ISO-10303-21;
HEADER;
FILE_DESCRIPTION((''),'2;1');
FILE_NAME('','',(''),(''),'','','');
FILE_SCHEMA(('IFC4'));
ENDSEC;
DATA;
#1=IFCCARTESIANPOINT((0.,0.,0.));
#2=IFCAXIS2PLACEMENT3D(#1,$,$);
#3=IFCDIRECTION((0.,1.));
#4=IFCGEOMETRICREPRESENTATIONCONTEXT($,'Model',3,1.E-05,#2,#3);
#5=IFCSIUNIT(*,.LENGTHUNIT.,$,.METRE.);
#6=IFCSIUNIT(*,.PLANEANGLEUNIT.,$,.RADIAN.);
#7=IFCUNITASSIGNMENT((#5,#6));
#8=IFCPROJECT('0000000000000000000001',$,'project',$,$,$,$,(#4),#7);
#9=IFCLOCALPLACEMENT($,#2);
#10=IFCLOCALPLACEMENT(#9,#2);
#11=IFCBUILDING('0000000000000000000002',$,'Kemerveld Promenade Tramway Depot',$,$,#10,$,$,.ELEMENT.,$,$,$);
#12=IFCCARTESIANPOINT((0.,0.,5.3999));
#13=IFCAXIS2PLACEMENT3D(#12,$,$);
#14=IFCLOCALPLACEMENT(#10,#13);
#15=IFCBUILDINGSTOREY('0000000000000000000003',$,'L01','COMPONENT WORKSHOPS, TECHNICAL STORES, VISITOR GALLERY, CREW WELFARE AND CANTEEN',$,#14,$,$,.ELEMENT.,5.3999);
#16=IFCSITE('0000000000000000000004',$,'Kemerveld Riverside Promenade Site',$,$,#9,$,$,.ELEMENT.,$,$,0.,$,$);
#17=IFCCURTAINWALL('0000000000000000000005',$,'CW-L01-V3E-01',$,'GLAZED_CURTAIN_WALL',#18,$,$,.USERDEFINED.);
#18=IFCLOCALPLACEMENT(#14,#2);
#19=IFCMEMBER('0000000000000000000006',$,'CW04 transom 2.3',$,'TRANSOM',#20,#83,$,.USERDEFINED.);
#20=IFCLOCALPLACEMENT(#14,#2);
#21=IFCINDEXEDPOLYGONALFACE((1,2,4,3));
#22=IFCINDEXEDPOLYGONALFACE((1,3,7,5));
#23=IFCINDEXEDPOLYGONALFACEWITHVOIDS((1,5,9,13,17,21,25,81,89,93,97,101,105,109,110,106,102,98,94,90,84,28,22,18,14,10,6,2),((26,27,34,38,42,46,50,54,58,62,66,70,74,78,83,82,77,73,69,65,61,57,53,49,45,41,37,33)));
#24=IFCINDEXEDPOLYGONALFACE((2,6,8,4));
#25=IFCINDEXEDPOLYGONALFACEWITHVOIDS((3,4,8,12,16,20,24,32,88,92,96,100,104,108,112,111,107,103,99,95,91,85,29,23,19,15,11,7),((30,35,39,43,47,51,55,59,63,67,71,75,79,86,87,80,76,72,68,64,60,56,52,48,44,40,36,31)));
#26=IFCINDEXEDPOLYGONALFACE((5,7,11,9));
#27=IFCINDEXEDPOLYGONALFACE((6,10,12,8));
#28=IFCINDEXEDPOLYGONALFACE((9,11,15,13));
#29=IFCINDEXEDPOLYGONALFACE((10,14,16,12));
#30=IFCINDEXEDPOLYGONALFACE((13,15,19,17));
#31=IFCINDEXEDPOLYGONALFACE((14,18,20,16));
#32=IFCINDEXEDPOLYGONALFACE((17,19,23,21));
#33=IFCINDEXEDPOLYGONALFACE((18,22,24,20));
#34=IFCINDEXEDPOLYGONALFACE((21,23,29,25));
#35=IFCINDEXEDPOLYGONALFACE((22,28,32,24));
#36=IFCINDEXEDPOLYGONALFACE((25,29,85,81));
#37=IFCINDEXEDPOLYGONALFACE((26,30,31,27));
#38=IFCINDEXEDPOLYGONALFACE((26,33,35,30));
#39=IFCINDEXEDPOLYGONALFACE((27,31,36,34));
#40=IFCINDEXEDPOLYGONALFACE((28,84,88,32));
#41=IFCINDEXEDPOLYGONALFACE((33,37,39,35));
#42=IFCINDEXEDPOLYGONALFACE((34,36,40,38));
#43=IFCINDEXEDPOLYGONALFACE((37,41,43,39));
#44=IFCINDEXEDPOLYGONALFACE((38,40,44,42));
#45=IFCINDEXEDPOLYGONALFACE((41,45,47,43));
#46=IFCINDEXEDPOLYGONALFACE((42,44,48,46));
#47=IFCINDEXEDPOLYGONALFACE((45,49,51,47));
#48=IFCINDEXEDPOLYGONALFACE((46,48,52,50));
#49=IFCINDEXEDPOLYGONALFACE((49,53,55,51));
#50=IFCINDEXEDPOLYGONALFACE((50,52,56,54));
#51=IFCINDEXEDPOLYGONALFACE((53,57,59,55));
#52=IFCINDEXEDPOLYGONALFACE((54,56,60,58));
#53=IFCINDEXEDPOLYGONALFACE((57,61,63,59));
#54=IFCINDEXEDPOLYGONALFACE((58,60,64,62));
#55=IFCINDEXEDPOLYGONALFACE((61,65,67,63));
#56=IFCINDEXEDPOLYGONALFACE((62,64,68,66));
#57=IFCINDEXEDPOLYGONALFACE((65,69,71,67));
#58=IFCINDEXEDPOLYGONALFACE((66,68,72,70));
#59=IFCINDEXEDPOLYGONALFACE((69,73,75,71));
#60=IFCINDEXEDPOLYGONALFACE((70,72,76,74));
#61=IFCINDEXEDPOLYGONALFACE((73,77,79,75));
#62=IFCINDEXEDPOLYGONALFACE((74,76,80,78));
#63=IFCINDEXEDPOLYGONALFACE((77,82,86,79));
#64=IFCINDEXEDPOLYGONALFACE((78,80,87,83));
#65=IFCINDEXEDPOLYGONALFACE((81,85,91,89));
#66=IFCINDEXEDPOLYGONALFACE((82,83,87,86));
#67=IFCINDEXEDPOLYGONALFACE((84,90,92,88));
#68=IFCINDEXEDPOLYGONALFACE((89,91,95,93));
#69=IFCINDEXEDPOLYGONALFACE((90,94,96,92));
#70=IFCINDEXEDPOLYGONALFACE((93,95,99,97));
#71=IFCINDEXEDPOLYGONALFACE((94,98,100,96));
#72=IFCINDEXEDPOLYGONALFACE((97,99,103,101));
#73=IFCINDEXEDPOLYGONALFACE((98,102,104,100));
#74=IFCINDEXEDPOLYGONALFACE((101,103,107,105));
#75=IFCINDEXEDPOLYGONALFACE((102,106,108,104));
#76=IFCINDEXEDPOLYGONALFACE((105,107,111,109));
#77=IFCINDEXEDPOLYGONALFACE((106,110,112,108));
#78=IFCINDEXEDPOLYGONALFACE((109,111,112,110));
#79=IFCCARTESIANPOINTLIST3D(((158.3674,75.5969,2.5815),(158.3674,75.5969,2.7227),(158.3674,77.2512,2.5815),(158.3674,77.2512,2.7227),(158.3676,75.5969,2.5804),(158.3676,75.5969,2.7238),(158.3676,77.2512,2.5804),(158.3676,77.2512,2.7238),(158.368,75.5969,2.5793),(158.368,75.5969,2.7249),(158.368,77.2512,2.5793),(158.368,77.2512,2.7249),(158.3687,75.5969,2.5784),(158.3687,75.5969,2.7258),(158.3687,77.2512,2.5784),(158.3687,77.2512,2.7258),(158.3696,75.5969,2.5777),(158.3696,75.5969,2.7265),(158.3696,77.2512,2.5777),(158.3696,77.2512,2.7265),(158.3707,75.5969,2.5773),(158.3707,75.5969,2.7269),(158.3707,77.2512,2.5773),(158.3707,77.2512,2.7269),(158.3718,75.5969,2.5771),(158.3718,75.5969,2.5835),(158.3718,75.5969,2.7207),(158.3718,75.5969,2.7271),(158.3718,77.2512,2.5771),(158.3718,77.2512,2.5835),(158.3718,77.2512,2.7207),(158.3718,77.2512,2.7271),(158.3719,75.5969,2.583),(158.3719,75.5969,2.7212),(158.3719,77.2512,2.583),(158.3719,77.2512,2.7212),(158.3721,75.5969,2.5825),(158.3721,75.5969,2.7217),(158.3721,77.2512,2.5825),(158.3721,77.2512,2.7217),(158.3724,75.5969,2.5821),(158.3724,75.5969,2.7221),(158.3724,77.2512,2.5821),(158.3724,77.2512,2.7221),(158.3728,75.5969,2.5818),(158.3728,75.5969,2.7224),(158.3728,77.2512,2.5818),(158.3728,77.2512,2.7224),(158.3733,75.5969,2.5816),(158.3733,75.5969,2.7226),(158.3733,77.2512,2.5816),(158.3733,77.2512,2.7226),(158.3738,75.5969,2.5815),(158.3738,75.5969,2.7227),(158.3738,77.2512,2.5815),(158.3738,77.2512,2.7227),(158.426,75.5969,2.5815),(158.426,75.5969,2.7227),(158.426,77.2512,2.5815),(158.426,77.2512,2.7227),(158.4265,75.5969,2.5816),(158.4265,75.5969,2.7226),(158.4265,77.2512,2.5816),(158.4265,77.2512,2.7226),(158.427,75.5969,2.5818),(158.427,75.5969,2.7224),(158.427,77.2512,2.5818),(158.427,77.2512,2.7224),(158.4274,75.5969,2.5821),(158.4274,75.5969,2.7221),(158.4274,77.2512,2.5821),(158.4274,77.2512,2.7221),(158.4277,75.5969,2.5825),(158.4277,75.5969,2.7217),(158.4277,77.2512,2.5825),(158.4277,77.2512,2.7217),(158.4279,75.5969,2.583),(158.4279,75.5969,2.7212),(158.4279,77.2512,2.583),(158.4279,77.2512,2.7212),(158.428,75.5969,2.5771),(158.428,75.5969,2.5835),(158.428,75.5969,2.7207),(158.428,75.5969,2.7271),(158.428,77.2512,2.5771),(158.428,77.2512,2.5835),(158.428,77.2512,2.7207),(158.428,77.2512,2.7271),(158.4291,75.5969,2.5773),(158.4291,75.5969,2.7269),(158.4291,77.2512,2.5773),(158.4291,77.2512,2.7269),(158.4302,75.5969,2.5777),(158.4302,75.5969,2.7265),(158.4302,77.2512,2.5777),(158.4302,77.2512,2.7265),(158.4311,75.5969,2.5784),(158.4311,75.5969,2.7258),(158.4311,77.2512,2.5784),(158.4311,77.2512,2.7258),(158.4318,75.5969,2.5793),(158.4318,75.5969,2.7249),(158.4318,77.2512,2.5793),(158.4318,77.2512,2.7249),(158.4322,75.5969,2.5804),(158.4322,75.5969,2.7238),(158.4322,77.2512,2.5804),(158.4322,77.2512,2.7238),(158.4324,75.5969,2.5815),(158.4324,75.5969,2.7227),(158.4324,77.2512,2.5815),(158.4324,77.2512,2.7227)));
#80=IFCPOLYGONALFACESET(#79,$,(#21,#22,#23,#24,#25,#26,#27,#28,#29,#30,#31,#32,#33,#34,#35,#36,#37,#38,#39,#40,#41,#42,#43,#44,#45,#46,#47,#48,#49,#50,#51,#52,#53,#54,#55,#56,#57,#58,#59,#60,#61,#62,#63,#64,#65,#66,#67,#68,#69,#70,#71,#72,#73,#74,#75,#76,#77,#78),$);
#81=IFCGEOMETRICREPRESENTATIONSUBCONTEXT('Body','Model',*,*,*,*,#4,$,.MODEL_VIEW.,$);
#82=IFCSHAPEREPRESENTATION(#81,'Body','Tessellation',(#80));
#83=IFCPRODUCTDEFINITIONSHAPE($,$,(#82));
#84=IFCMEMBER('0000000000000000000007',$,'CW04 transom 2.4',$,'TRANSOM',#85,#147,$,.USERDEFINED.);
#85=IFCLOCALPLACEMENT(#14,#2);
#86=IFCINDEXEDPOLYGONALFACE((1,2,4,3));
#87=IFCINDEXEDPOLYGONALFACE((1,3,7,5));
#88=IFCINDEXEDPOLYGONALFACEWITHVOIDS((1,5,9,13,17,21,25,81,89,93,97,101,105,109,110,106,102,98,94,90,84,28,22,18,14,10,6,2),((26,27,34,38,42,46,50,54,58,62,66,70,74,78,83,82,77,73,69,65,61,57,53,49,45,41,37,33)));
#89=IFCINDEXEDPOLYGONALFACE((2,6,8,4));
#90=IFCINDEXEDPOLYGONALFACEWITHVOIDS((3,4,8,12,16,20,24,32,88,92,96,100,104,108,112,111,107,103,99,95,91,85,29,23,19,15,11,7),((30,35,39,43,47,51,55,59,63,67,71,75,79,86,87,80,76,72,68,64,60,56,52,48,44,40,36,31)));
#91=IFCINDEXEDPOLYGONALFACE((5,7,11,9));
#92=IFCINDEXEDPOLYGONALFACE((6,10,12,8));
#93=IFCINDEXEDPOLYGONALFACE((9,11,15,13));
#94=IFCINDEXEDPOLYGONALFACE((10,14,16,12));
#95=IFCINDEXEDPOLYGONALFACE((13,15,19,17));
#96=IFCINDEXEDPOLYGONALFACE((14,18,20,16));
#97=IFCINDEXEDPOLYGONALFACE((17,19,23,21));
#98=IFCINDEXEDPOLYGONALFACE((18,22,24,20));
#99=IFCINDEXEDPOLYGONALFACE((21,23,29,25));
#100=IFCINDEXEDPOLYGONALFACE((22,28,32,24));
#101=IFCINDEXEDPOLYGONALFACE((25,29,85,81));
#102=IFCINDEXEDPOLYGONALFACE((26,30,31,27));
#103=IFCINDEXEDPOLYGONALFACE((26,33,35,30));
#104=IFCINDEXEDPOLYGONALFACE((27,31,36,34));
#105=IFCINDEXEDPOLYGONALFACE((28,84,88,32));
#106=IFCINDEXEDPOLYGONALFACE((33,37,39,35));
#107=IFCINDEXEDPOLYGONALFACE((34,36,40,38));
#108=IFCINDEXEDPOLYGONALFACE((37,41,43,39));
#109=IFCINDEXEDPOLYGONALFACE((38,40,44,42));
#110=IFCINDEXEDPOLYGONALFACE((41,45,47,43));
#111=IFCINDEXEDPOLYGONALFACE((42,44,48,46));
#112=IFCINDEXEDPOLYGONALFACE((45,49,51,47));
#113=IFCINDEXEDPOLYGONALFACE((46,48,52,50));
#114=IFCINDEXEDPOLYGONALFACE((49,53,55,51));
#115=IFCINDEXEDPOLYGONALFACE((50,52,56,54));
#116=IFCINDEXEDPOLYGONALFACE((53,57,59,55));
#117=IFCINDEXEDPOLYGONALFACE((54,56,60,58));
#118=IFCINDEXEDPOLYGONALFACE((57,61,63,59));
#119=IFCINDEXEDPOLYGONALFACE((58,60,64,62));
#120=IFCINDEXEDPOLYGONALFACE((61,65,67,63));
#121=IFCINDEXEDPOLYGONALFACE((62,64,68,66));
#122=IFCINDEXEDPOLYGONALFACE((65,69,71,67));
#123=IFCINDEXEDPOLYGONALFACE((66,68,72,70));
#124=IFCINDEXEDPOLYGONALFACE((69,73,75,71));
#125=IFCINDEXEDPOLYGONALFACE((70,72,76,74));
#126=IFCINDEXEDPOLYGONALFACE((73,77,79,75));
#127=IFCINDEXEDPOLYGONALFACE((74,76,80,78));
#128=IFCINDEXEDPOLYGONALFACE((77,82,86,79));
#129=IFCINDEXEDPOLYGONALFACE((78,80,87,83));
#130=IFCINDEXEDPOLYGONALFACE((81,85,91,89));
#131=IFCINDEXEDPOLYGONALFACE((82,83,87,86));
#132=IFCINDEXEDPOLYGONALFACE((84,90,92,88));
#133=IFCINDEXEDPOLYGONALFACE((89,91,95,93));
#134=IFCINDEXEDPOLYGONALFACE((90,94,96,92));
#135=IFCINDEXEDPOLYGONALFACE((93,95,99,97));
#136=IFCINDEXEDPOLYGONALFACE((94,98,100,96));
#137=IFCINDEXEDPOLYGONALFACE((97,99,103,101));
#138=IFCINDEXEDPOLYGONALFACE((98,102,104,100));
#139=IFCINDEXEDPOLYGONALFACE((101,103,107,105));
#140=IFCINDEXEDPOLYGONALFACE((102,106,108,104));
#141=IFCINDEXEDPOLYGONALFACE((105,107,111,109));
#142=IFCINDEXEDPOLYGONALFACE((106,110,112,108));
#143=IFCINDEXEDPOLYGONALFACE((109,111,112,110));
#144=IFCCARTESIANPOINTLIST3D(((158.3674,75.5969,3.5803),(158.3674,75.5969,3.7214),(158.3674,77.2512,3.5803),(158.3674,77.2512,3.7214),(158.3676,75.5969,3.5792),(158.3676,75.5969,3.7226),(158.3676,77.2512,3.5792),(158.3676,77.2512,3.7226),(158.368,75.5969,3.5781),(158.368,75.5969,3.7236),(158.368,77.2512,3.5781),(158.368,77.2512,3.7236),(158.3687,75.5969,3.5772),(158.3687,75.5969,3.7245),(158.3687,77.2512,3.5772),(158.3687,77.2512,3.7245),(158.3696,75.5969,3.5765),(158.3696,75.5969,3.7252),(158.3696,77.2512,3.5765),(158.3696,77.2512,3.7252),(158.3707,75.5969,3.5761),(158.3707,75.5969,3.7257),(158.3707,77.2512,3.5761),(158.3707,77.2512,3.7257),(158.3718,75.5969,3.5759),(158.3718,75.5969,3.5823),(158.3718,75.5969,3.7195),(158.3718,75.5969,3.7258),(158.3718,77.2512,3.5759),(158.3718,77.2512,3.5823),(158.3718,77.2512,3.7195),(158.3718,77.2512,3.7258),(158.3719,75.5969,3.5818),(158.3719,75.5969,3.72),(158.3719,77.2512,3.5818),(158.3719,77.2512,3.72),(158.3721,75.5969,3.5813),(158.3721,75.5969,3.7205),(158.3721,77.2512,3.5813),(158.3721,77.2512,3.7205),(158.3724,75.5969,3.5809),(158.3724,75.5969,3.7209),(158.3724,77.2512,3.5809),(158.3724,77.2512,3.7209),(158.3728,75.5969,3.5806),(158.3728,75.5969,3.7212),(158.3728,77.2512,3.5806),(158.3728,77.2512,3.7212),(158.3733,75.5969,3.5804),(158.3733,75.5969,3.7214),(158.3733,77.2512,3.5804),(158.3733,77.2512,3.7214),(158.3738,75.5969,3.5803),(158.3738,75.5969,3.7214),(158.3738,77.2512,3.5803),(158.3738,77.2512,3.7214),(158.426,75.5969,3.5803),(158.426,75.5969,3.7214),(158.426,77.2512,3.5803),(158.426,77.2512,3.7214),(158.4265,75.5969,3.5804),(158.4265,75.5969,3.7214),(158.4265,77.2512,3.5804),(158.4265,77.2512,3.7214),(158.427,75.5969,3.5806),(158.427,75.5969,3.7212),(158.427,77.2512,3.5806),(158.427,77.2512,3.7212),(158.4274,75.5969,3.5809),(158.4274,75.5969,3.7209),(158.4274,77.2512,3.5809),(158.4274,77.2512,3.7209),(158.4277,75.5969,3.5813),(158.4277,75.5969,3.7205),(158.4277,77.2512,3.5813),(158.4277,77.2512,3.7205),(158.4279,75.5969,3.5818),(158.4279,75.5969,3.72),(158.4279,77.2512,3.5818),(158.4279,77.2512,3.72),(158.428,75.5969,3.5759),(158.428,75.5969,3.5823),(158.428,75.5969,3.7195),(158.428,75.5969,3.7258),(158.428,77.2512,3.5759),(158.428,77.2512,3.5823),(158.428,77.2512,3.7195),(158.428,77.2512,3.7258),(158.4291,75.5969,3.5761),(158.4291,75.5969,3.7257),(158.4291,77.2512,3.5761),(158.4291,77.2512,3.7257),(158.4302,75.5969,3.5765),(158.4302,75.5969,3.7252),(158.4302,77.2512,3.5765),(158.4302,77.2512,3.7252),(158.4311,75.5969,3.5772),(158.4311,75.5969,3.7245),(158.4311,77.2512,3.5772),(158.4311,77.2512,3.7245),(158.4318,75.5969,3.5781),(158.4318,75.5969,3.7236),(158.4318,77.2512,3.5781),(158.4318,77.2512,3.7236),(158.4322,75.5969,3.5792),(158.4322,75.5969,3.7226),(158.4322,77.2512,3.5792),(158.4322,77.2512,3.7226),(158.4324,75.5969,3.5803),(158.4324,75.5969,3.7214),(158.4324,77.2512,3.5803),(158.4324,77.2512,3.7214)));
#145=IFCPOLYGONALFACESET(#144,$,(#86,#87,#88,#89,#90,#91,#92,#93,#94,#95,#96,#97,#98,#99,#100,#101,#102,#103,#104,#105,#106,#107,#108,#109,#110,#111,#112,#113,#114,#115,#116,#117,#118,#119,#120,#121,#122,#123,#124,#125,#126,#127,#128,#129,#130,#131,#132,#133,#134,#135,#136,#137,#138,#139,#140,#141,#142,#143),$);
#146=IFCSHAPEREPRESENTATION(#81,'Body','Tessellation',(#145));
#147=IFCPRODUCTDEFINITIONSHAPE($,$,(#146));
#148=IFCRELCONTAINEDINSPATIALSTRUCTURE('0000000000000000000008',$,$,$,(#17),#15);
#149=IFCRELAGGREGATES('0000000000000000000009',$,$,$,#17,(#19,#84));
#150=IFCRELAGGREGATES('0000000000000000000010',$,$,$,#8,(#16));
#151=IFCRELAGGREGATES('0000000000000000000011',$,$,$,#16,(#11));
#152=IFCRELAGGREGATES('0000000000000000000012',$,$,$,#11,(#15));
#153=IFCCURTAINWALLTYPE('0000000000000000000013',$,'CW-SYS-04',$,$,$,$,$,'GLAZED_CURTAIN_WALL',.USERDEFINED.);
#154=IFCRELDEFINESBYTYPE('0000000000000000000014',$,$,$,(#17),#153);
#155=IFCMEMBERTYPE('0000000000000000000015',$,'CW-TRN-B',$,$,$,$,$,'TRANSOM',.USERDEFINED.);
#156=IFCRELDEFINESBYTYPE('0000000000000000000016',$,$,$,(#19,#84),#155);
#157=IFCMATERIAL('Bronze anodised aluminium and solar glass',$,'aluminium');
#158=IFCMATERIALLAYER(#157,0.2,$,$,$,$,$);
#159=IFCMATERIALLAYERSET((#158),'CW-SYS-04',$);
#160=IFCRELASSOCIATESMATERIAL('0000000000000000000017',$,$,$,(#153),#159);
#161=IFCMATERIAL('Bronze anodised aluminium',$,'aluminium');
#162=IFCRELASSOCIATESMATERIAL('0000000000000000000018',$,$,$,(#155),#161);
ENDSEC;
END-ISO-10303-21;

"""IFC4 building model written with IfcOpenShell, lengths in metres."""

from ifc_helpers import new_model, si_unit, direction, frame, origin, origin_2d, place, context, subcontext, project, spatial, hollow_rectangle, extrude, material, layer, layer_set, material_profile, profile_set, type_object, element, aggregate, save


model = new_model("IFC4")

# Units and contexts
model_context = context("Model", 3, precision=1e-05, world=origin(), true_north=direction((0.0, 1.0)))
body_context = subcontext(model_context, "Body", "Model", "MODEL_VIEW")
ifc_project = project(units=[si_unit("LENGTHUNIT", "METRE"), si_unit("PLANEANGLEUNIT", "RADIAN")], contexts=[model_context])

# Site, building, storey
site_placement = place(None, origin())
site = spatial("IfcSite", under=ifc_project, at=site_placement, Name="Kemerveld Riverside Promenade Site", CompositionType="ELEMENT", RefElevation=0.0)
building_placement = place(site_placement, origin())
building = spatial("IfcBuilding", under=site, at=building_placement, Name="Kemerveld Promenade Tramway Depot", CompositionType="ELEMENT")
storey_placement = place(building_placement, frame((0.0, 0.0, 5.3999)))
storey = spatial("IfcBuildingStorey", under=building, at=storey_placement, Name="L01", Description="COMPONENT WORKSHOPS, TECHNICAL STORES, VISITOR GALLERY, CREW WELFARE AND CANTEEN", CompositionType="ELEMENT", Elevation=5.3999)

# Curtain wall, members
ifc_material_1 = material(Name="Bronze anodised aluminium and solar glass", Category="aluminium")
ifc_layer_1 = layer(ifc_material_1, 0.2)
ifc_layer_set_1 = layer_set([ifc_layer_1], Name="CW-SYS-04")
curtain_wall_type = type_object("IfcCurtainWallType", Name="CW-SYS-04", ElementType="GLAZED_CURTAIN_WALL", PredefinedType="USERDEFINED", material=ifc_layer_set_1)
curtain_wall_placement = place(storey_placement, origin())
curtain_wall = element("IfcCurtainWall", 1, at=curtain_wall_placement, inside=storey, type_object=curtain_wall_type, Name="CW-L01-V3E-01", ObjectType="GLAZED_CURTAIN_WALL", PredefinedType="USERDEFINED")
ifc_material_2 = material(Name="Bronze anodised aluminium", Category="aluminium")
ifc_material_profile_1 = material_profile(ifc_material_2, hollow_rectangle(XDim=0.0649, YDim=0.1499, WallThickness=0.0044, InnerFilletRadius=0.002, OuterFilletRadius=0.0044, at=origin_2d()), Name="CW-TRN-150x65")
ifc_profile_set_1 = profile_set([ifc_material_profile_1], Name="Bronze anodised aluminium")
member_type_1 = type_object("IfcMemberType", Name="CW-TRN-B", ElementType="TRANSOM", PredefinedType="USERDEFINED", material=ifc_profile_set_1)
member_1_placement = place(storey_placement, frame((158.3999, 77.2512, 2.6521), z_axis=(0.0, -1.0, 0.0), x_axis=(1.0, 0.0, 0.0)))
member_1 = element("IfcMember", 2, at=member_1_placement, type_object=member_type_1, Name="CW04 transom 2.3", ObjectType="TRANSOM", PredefinedType="USERDEFINED", context=body_context, shape_type="SweptSolid", body=[
    extrude(hollow_rectangle(XDim=0.0649, YDim=0.1499, WallThickness=0.0044, InnerFilletRadius=0.002, OuterFilletRadius=0.0044, at=origin_2d()), origin(), (0.0, 0.0, 1.0), 1.6543),
])
member_2_placement = place(storey_placement, frame((158.3999, 77.2512, 3.6509), z_axis=(0.0, -1.0, 0.0), x_axis=(1.0, 0.0, 0.0)))
member_2 = element("IfcMember", 3, at=member_2_placement, type_object=member_type_1, Name="CW04 transom 2.4", ObjectType="TRANSOM", PredefinedType="USERDEFINED", context=body_context, shape_type="SweptSolid", body=[
    extrude(hollow_rectangle(XDim=0.0649, YDim=0.1499, WallThickness=0.0044, InnerFilletRadius=0.002, OuterFilletRadius=0.0044, at=origin_2d()), origin(), (0.0, 0.0, 1.0), 1.6543),
])
aggregate(curtain_wall, [member_1, member_2])

save(model, "model.ifc")
